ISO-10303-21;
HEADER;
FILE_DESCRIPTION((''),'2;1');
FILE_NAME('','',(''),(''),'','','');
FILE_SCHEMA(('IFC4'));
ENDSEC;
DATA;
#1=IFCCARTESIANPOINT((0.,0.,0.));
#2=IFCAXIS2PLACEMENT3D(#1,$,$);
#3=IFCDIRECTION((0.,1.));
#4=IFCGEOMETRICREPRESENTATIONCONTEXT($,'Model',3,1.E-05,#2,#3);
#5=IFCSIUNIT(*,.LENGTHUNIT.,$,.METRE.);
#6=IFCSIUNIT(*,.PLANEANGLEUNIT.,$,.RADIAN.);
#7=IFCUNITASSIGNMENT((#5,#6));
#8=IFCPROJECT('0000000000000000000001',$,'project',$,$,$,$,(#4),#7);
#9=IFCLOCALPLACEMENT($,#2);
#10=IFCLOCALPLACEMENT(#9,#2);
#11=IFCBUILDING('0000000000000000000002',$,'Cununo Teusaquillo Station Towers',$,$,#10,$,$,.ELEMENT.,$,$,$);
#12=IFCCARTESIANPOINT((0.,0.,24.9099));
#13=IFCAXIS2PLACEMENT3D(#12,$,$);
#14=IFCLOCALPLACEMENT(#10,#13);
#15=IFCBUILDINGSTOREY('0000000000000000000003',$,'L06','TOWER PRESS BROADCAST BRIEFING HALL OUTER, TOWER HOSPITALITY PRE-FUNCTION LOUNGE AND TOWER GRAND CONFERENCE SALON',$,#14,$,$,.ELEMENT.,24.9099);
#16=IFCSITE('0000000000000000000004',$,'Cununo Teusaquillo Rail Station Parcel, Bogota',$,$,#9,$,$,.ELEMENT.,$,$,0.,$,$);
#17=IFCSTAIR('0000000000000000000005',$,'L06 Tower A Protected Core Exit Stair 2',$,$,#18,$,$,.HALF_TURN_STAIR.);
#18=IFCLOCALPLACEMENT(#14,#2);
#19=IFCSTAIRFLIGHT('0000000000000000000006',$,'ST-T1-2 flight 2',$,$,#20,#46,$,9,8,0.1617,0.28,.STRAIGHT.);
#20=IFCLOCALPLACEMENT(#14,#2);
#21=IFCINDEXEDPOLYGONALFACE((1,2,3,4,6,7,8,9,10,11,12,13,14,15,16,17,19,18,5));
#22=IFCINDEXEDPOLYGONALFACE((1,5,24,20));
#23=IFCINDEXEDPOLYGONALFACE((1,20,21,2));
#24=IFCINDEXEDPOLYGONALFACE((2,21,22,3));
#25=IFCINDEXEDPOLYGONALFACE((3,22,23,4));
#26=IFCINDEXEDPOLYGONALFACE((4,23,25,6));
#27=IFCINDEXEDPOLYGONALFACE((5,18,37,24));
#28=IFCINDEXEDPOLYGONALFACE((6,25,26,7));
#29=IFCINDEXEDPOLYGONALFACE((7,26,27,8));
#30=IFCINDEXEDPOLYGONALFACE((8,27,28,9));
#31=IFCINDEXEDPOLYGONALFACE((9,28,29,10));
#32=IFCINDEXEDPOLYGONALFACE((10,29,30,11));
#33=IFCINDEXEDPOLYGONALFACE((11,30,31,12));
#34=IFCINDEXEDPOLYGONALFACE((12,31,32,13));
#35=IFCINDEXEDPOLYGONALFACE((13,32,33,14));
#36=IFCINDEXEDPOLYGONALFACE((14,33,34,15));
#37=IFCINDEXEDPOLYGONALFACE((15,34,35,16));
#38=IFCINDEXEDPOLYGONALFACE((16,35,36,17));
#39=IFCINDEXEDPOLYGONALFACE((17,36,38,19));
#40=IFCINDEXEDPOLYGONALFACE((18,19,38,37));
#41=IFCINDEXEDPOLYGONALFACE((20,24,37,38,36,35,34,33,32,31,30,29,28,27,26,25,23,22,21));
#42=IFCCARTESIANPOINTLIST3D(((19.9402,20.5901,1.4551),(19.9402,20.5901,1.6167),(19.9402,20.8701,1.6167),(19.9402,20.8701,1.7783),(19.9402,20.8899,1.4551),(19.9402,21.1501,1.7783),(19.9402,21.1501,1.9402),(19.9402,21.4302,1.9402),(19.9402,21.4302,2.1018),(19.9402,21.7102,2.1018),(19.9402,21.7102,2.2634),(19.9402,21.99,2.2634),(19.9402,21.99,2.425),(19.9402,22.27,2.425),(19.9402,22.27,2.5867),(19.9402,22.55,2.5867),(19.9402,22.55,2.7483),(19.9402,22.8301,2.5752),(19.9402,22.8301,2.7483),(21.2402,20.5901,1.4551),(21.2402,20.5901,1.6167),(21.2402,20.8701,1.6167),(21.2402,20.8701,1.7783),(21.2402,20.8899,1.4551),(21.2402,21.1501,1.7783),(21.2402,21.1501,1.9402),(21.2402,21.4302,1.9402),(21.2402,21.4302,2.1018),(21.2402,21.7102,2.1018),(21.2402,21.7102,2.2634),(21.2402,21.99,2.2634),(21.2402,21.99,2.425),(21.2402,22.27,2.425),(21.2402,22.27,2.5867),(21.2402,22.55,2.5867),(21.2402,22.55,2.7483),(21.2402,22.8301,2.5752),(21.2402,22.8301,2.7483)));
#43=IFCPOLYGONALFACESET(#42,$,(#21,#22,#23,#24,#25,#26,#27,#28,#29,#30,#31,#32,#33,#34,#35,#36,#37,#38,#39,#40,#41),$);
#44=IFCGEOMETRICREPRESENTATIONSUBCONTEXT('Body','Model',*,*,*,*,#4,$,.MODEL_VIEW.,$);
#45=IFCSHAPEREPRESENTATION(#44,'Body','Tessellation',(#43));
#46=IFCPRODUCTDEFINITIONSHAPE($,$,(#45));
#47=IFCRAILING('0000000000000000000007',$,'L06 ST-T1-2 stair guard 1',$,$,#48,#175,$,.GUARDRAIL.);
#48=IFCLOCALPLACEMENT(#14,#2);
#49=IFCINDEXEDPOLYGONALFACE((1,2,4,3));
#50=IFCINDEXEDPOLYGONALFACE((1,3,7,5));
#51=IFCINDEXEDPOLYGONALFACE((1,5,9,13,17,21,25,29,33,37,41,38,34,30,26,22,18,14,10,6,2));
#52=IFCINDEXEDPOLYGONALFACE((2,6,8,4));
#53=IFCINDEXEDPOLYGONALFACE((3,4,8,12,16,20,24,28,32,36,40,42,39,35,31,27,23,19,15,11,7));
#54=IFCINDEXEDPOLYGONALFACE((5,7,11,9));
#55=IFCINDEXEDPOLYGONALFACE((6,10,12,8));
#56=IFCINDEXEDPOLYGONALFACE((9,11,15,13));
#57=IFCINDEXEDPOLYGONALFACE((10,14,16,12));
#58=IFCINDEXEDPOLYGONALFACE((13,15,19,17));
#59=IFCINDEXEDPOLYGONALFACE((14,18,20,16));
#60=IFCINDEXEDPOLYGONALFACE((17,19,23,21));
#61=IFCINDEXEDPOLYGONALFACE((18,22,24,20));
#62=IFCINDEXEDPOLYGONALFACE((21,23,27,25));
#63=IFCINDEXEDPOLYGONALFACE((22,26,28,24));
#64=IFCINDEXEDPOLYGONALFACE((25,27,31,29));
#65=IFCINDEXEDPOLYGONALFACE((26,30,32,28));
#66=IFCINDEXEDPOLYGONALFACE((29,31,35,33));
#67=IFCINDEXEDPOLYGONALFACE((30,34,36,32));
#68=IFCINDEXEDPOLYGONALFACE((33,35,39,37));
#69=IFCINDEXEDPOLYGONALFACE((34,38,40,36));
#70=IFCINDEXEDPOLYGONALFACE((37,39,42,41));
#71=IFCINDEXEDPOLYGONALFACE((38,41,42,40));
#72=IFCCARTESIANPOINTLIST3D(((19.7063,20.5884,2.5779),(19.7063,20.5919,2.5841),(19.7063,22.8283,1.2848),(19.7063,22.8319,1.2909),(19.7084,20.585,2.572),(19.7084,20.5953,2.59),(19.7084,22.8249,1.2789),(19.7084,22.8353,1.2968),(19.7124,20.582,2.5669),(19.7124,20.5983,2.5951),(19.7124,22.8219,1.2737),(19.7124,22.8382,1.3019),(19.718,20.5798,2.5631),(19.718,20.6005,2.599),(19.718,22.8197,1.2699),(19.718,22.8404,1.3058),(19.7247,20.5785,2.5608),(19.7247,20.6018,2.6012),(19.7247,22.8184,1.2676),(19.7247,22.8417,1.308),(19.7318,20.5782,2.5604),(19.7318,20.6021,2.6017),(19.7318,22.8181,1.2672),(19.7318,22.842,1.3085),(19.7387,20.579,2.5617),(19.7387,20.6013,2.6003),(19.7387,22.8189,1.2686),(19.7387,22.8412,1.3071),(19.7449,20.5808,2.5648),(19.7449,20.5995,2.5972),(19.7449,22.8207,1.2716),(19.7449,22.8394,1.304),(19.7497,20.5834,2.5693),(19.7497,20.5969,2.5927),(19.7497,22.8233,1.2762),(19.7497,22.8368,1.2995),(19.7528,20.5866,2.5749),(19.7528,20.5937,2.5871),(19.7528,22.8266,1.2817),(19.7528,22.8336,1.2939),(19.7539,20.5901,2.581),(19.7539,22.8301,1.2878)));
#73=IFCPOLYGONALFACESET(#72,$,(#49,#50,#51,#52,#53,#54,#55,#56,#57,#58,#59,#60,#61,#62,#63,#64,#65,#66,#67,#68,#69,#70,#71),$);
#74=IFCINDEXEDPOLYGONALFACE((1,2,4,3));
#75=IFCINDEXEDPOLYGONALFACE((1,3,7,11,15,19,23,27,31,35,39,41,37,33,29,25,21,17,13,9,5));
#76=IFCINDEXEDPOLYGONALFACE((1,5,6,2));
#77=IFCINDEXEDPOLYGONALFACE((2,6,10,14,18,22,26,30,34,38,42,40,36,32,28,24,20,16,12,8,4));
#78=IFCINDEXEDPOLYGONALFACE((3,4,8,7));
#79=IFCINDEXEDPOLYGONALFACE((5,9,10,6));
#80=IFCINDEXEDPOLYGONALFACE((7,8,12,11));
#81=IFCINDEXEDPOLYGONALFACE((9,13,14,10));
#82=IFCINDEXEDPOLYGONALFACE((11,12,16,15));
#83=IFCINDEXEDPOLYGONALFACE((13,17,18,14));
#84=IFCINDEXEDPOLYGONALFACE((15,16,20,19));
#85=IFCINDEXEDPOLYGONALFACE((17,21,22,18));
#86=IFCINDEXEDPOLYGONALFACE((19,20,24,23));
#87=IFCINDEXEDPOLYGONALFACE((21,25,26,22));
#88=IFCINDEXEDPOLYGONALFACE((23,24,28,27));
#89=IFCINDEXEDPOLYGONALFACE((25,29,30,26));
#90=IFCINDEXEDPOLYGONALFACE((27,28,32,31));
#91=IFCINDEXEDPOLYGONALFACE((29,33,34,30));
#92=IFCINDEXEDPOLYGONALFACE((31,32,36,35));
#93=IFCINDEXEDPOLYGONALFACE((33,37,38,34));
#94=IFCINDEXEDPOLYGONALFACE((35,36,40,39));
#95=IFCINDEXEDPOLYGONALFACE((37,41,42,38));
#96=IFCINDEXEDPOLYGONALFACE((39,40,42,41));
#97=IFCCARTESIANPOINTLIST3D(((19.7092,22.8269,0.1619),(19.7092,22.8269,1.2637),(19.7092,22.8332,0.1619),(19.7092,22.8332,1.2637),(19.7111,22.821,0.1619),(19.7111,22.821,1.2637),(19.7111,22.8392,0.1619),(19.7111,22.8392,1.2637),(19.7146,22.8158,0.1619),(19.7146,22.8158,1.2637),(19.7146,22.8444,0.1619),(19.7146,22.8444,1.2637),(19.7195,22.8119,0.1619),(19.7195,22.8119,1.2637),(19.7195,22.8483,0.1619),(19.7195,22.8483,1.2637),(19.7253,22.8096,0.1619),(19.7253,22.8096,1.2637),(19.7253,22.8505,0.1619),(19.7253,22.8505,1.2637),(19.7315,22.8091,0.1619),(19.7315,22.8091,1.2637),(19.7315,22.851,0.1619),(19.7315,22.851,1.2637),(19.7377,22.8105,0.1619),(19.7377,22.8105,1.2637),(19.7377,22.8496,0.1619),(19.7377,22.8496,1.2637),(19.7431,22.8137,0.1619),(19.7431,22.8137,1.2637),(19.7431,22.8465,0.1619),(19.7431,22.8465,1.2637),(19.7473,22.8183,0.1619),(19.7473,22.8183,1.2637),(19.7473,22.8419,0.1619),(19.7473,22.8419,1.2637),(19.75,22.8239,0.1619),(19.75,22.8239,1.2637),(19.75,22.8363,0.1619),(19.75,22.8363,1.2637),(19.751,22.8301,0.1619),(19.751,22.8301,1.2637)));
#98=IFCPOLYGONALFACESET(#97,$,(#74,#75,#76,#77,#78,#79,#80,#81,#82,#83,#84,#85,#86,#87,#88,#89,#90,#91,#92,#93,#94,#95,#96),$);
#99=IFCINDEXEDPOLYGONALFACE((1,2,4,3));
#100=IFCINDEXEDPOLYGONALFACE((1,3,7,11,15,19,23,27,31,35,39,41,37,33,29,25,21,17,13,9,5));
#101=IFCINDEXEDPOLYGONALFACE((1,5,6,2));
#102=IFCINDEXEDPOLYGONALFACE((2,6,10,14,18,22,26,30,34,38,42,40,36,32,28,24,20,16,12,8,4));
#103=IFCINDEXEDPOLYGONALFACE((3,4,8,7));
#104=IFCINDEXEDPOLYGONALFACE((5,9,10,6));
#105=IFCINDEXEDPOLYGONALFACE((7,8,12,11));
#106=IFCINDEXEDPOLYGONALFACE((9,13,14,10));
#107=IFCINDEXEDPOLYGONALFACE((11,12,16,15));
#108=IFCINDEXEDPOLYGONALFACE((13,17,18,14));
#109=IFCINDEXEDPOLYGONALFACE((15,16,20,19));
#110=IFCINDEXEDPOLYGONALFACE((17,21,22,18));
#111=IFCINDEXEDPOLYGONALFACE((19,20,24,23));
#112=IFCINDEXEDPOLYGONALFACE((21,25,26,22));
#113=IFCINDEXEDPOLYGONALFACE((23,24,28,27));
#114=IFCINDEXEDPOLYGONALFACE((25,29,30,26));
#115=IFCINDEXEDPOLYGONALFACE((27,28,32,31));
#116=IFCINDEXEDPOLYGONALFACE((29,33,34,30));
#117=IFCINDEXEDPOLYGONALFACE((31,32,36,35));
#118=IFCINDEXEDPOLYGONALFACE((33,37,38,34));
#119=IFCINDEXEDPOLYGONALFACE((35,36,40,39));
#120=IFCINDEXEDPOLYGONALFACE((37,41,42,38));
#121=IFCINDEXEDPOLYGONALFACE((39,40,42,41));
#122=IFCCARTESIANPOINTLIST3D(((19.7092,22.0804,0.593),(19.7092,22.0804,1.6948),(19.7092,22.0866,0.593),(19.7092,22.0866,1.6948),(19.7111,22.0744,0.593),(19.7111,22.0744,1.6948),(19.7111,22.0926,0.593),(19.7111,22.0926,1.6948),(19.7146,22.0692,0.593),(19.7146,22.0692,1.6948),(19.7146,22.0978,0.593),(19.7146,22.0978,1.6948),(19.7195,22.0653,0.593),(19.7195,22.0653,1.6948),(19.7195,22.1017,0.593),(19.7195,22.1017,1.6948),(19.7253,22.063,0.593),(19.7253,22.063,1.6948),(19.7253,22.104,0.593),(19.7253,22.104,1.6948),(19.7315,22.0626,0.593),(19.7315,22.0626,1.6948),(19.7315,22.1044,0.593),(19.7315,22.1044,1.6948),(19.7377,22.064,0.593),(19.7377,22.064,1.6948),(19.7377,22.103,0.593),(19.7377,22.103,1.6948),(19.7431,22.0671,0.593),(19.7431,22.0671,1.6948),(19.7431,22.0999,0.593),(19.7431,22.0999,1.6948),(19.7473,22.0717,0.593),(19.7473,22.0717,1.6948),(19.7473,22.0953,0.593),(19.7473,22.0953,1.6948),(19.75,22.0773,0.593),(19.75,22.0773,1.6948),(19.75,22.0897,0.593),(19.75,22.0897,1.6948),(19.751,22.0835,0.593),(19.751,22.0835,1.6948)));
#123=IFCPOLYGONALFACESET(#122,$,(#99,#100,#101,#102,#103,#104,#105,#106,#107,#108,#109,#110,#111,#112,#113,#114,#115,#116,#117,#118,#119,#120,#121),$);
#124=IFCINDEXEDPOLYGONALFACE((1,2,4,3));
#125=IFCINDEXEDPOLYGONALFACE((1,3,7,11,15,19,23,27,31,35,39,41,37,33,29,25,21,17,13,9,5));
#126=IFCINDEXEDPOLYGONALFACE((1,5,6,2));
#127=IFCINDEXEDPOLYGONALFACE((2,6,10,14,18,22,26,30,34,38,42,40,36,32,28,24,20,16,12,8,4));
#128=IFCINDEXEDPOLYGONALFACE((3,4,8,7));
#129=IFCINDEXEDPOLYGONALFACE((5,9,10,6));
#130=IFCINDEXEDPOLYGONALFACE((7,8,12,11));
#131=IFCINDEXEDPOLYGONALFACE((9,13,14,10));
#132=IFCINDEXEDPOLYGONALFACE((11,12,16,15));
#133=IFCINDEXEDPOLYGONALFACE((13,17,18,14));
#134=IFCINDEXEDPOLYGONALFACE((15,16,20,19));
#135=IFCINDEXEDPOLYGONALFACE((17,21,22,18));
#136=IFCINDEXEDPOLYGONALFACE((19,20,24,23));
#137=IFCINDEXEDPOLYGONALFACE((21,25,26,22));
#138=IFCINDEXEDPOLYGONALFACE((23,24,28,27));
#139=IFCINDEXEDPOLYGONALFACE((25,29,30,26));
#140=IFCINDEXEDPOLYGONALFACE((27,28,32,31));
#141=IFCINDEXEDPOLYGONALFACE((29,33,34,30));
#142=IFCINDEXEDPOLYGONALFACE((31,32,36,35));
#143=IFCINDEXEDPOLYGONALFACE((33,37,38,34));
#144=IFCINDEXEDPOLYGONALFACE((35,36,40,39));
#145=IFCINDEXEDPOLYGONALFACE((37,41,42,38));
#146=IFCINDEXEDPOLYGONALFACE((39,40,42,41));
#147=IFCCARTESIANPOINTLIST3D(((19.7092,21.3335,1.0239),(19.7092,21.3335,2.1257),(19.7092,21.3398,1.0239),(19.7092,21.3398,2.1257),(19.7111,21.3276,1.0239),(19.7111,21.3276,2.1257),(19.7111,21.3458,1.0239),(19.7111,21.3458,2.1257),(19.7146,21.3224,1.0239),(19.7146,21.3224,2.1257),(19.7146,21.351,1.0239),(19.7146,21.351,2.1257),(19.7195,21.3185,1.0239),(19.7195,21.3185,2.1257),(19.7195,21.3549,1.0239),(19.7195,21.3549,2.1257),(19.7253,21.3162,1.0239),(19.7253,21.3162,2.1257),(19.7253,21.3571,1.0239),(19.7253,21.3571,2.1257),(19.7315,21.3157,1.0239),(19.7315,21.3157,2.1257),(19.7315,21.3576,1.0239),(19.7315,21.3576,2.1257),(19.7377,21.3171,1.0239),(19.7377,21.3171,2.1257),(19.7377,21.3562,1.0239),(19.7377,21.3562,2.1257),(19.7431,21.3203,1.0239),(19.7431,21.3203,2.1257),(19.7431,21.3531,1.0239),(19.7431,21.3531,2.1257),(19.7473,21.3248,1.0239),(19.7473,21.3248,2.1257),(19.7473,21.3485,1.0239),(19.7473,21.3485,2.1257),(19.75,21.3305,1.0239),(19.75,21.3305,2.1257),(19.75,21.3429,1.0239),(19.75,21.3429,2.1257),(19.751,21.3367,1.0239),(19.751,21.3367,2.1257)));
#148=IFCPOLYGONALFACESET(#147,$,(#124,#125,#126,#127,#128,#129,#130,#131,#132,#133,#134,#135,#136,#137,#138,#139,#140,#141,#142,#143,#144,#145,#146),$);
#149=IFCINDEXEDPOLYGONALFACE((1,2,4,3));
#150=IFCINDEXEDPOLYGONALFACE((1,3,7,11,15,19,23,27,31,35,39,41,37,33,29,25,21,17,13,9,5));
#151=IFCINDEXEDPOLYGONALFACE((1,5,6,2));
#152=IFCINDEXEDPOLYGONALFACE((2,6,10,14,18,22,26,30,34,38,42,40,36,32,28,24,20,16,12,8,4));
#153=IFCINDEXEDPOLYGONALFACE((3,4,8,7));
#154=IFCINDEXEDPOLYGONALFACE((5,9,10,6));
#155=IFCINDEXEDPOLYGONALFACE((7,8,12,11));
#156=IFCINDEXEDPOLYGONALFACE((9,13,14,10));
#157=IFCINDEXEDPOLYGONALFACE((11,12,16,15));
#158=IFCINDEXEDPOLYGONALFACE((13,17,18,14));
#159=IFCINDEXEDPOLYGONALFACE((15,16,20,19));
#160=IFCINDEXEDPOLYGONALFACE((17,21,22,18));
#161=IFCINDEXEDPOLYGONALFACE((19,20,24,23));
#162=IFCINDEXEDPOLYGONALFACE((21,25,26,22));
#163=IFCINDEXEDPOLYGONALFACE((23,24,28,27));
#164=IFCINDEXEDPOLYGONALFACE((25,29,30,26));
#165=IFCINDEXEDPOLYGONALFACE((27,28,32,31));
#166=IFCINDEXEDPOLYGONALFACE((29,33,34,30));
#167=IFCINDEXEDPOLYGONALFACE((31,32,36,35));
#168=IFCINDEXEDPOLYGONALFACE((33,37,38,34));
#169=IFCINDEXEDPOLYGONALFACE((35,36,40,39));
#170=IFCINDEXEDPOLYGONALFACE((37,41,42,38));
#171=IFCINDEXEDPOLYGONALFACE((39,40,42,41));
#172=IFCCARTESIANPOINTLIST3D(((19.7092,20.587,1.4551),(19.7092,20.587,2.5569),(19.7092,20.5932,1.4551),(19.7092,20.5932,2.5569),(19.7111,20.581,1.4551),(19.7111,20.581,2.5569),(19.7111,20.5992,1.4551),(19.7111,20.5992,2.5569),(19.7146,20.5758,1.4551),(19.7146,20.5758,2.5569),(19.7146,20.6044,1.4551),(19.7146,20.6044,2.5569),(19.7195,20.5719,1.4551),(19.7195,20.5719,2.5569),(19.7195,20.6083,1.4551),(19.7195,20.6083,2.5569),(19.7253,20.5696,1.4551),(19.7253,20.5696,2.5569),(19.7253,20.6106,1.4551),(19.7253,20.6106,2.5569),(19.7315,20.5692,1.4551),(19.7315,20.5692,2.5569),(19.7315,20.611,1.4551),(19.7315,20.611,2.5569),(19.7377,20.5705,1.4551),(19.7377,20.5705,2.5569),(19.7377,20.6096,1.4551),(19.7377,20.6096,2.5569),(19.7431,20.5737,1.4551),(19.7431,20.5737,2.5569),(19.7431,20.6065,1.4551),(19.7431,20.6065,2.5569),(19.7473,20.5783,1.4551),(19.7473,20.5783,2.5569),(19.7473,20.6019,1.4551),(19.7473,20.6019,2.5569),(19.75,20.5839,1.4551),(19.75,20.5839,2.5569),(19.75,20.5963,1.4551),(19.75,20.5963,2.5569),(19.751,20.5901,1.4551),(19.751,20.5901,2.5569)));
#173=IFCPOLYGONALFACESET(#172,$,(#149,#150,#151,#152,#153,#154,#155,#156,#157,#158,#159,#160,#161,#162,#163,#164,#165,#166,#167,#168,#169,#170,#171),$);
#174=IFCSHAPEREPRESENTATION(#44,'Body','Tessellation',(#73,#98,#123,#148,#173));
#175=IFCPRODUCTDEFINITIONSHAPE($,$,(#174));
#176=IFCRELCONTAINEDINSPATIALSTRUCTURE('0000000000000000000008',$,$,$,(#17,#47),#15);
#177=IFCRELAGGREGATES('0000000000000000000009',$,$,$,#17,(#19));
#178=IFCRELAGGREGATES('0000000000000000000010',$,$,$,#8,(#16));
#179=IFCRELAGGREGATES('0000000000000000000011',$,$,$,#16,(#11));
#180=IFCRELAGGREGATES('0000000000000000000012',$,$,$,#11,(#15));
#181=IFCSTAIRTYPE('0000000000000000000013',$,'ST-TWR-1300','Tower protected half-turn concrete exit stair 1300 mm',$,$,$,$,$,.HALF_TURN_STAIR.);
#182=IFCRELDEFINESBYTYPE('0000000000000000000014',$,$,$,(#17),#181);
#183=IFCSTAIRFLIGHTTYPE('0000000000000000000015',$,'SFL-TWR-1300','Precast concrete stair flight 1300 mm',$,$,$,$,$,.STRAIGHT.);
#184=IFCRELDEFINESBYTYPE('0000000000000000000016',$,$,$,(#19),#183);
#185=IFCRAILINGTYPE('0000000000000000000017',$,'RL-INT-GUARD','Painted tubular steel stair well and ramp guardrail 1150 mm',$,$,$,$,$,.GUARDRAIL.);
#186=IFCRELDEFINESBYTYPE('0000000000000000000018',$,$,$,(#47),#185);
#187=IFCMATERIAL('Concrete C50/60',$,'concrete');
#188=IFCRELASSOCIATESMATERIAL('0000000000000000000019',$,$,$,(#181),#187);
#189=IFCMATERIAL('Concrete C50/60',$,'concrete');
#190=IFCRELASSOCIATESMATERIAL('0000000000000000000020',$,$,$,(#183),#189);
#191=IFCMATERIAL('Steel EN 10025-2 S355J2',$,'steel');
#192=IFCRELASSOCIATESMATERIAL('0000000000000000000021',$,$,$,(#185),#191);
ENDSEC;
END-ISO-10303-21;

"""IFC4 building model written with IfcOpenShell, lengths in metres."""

from ifc_helpers import new_model, si_unit, direction, frame, origin, origin_2d, place, context, subcontext, project, spatial, polyline, circle, outline, extrude, material, type_object, element, aggregate, save


model = new_model("IFC4")

# Units and contexts
model_context = context("Model", 3, precision=1e-05, world=origin(), true_north=direction((0.0, 1.0)))
body_context = subcontext(model_context, "Body", "Model", "MODEL_VIEW")
ifc_project = project(units=[si_unit("LENGTHUNIT", "METRE"), si_unit("PLANEANGLEUNIT", "RADIAN")], contexts=[model_context])

# Site, building, storey
site_placement = place(None, origin())
site = spatial("IfcSite", under=ifc_project, at=site_placement, Name="Cununo Teusaquillo Rail Station Parcel, Bogota", CompositionType="ELEMENT", RefElevation=0.0)
building_placement = place(site_placement, origin())
building = spatial("IfcBuilding", under=site, at=building_placement, Name="Cununo Teusaquillo Station Towers", CompositionType="ELEMENT")
storey_placement = place(building_placement, frame((0.0, 0.0, 24.9099)))
storey = spatial("IfcBuildingStorey", under=building, at=storey_placement, Name="L06", Description="TOWER PRESS BROADCAST BRIEFING HALL OUTER, TOWER HOSPITALITY PRE-FUNCTION LOUNGE AND TOWER GRAND CONFERENCE SALON", CompositionType="ELEMENT", Elevation=24.9099)

# Stair, stair flight
ifc_material_1 = material(Name="Concrete C50/60", Category="concrete")
stair_type = type_object("IfcStairType", Name="ST-TWR-1300", Description="Tower protected half-turn concrete exit stair 1300 mm", PredefinedType="HALF_TURN_STAIR", material=ifc_material_1)
stair_placement = place(storey_placement, origin())
stair = element("IfcStair", 1, at=stair_placement, inside=storey, type_object=stair_type, Name="L06 Tower A Protected Core Exit Stair 2", PredefinedType="HALF_TURN_STAIR")
ifc_material_2 = material(Name="Concrete C50/60", Category="concrete")
stair_flight_type = type_object("IfcStairFlightType", Name="SFL-TWR-1300", Description="Precast concrete stair flight 1300 mm", PredefinedType="STRAIGHT", material=ifc_material_2)
stair_flight_1_placement = place(storey_placement, frame((20.5901, 20.5901, 1.4551), z_axis=(0.0, 0.0, 1.0), x_axis=(0.0, 1.0, 0.0)))
stair_flight_1 = element("IfcStairFlight", 2, at=stair_flight_1_placement, type_object=stair_flight_type, Name="ST-T1-2 flight 2", NumberOfRisers=9, NumberOfTreads=8, PredefinedType="STRAIGHT", RiserHeight=0.1617, TreadLength=0.28, context=body_context, shape_type="SweptSolid", body=[
    extrude(outline(polyline([(0.0, 0.0), (0.0, 0.1616), (0.28, 0.1616), (0.28, 0.3232), (0.5601, 0.3232), (0.5601, 0.4851), (0.8401, 0.4851), (0.8401, 0.6467), (1.1201, 0.6467), (1.1201, 0.8083), (1.3999, 0.8083), (1.3999, 0.97), (1.6799, 0.97), (1.6799, 1.1316), (1.96, 1.1316), (1.96, 1.2932), (2.24, 1.2932), (2.24, 1.4551), (2.24, 1.1201), (0.2998, 0.0), (0.0, 0.0)])), frame((0.0, 0.6499, 0.0), z_axis=(0.0, -1.0, 0.0), x_axis=(1.0, 0.0, 0.0)), (0.0, 0.0, 1.0), 1.3),
])
aggregate(stair, [stair_flight_1])

# Railing
ifc_material_3 = material(Name="Steel EN 10025-2 S355J2", Category="steel")
railing_type_1 = type_object("IfcRailingType", Name="RL-INT-GUARD", Description="Painted tubular steel stair well and ramp guardrail 1150 mm", PredefinedType="GUARDRAIL", material=ifc_material_3)
railing_1_placement = place(storey_placement, frame((19.73, 22.8301, 0.1619)))
element("IfcRailing", 3, at=railing_1_placement, inside=storey, type_object=railing_type_1, Name="L06 ST-T1-2 stair guard 1", PredefinedType="GUARDRAIL", context=body_context, shape_type="SweptSolid", body=[
    extrude(circle(Radius=0.0239, at=origin_2d()), frame((0.0, 0.0, 1.126), z_axis=(0.0, -0.866033, 0.499987), x_axis=(1.0, 0.0, 0.0)), (0.0, 0.0, 1.0), 2.5864),
    extrude(circle(Radius=0.021, at=origin_2d()), origin(), (0.0, 0.0, 1.0), 1.1018),
    extrude(circle(Radius=0.021, at=origin_2d()), frame((0.0, -0.7466, 0.4312)), (0.0, 0.0, 1.0), 1.1018),
    extrude(circle(Radius=0.021, at=origin_2d()), frame((0.0, -1.4934, 0.8621)), (0.0, 0.0, 1.0), 1.1018),
    extrude(circle(Radius=0.021, at=origin_2d()), frame((0.0, -2.24, 1.2932)), (0.0, 0.0, 1.0), 1.1018),
])

save(model, "model.ifc")
